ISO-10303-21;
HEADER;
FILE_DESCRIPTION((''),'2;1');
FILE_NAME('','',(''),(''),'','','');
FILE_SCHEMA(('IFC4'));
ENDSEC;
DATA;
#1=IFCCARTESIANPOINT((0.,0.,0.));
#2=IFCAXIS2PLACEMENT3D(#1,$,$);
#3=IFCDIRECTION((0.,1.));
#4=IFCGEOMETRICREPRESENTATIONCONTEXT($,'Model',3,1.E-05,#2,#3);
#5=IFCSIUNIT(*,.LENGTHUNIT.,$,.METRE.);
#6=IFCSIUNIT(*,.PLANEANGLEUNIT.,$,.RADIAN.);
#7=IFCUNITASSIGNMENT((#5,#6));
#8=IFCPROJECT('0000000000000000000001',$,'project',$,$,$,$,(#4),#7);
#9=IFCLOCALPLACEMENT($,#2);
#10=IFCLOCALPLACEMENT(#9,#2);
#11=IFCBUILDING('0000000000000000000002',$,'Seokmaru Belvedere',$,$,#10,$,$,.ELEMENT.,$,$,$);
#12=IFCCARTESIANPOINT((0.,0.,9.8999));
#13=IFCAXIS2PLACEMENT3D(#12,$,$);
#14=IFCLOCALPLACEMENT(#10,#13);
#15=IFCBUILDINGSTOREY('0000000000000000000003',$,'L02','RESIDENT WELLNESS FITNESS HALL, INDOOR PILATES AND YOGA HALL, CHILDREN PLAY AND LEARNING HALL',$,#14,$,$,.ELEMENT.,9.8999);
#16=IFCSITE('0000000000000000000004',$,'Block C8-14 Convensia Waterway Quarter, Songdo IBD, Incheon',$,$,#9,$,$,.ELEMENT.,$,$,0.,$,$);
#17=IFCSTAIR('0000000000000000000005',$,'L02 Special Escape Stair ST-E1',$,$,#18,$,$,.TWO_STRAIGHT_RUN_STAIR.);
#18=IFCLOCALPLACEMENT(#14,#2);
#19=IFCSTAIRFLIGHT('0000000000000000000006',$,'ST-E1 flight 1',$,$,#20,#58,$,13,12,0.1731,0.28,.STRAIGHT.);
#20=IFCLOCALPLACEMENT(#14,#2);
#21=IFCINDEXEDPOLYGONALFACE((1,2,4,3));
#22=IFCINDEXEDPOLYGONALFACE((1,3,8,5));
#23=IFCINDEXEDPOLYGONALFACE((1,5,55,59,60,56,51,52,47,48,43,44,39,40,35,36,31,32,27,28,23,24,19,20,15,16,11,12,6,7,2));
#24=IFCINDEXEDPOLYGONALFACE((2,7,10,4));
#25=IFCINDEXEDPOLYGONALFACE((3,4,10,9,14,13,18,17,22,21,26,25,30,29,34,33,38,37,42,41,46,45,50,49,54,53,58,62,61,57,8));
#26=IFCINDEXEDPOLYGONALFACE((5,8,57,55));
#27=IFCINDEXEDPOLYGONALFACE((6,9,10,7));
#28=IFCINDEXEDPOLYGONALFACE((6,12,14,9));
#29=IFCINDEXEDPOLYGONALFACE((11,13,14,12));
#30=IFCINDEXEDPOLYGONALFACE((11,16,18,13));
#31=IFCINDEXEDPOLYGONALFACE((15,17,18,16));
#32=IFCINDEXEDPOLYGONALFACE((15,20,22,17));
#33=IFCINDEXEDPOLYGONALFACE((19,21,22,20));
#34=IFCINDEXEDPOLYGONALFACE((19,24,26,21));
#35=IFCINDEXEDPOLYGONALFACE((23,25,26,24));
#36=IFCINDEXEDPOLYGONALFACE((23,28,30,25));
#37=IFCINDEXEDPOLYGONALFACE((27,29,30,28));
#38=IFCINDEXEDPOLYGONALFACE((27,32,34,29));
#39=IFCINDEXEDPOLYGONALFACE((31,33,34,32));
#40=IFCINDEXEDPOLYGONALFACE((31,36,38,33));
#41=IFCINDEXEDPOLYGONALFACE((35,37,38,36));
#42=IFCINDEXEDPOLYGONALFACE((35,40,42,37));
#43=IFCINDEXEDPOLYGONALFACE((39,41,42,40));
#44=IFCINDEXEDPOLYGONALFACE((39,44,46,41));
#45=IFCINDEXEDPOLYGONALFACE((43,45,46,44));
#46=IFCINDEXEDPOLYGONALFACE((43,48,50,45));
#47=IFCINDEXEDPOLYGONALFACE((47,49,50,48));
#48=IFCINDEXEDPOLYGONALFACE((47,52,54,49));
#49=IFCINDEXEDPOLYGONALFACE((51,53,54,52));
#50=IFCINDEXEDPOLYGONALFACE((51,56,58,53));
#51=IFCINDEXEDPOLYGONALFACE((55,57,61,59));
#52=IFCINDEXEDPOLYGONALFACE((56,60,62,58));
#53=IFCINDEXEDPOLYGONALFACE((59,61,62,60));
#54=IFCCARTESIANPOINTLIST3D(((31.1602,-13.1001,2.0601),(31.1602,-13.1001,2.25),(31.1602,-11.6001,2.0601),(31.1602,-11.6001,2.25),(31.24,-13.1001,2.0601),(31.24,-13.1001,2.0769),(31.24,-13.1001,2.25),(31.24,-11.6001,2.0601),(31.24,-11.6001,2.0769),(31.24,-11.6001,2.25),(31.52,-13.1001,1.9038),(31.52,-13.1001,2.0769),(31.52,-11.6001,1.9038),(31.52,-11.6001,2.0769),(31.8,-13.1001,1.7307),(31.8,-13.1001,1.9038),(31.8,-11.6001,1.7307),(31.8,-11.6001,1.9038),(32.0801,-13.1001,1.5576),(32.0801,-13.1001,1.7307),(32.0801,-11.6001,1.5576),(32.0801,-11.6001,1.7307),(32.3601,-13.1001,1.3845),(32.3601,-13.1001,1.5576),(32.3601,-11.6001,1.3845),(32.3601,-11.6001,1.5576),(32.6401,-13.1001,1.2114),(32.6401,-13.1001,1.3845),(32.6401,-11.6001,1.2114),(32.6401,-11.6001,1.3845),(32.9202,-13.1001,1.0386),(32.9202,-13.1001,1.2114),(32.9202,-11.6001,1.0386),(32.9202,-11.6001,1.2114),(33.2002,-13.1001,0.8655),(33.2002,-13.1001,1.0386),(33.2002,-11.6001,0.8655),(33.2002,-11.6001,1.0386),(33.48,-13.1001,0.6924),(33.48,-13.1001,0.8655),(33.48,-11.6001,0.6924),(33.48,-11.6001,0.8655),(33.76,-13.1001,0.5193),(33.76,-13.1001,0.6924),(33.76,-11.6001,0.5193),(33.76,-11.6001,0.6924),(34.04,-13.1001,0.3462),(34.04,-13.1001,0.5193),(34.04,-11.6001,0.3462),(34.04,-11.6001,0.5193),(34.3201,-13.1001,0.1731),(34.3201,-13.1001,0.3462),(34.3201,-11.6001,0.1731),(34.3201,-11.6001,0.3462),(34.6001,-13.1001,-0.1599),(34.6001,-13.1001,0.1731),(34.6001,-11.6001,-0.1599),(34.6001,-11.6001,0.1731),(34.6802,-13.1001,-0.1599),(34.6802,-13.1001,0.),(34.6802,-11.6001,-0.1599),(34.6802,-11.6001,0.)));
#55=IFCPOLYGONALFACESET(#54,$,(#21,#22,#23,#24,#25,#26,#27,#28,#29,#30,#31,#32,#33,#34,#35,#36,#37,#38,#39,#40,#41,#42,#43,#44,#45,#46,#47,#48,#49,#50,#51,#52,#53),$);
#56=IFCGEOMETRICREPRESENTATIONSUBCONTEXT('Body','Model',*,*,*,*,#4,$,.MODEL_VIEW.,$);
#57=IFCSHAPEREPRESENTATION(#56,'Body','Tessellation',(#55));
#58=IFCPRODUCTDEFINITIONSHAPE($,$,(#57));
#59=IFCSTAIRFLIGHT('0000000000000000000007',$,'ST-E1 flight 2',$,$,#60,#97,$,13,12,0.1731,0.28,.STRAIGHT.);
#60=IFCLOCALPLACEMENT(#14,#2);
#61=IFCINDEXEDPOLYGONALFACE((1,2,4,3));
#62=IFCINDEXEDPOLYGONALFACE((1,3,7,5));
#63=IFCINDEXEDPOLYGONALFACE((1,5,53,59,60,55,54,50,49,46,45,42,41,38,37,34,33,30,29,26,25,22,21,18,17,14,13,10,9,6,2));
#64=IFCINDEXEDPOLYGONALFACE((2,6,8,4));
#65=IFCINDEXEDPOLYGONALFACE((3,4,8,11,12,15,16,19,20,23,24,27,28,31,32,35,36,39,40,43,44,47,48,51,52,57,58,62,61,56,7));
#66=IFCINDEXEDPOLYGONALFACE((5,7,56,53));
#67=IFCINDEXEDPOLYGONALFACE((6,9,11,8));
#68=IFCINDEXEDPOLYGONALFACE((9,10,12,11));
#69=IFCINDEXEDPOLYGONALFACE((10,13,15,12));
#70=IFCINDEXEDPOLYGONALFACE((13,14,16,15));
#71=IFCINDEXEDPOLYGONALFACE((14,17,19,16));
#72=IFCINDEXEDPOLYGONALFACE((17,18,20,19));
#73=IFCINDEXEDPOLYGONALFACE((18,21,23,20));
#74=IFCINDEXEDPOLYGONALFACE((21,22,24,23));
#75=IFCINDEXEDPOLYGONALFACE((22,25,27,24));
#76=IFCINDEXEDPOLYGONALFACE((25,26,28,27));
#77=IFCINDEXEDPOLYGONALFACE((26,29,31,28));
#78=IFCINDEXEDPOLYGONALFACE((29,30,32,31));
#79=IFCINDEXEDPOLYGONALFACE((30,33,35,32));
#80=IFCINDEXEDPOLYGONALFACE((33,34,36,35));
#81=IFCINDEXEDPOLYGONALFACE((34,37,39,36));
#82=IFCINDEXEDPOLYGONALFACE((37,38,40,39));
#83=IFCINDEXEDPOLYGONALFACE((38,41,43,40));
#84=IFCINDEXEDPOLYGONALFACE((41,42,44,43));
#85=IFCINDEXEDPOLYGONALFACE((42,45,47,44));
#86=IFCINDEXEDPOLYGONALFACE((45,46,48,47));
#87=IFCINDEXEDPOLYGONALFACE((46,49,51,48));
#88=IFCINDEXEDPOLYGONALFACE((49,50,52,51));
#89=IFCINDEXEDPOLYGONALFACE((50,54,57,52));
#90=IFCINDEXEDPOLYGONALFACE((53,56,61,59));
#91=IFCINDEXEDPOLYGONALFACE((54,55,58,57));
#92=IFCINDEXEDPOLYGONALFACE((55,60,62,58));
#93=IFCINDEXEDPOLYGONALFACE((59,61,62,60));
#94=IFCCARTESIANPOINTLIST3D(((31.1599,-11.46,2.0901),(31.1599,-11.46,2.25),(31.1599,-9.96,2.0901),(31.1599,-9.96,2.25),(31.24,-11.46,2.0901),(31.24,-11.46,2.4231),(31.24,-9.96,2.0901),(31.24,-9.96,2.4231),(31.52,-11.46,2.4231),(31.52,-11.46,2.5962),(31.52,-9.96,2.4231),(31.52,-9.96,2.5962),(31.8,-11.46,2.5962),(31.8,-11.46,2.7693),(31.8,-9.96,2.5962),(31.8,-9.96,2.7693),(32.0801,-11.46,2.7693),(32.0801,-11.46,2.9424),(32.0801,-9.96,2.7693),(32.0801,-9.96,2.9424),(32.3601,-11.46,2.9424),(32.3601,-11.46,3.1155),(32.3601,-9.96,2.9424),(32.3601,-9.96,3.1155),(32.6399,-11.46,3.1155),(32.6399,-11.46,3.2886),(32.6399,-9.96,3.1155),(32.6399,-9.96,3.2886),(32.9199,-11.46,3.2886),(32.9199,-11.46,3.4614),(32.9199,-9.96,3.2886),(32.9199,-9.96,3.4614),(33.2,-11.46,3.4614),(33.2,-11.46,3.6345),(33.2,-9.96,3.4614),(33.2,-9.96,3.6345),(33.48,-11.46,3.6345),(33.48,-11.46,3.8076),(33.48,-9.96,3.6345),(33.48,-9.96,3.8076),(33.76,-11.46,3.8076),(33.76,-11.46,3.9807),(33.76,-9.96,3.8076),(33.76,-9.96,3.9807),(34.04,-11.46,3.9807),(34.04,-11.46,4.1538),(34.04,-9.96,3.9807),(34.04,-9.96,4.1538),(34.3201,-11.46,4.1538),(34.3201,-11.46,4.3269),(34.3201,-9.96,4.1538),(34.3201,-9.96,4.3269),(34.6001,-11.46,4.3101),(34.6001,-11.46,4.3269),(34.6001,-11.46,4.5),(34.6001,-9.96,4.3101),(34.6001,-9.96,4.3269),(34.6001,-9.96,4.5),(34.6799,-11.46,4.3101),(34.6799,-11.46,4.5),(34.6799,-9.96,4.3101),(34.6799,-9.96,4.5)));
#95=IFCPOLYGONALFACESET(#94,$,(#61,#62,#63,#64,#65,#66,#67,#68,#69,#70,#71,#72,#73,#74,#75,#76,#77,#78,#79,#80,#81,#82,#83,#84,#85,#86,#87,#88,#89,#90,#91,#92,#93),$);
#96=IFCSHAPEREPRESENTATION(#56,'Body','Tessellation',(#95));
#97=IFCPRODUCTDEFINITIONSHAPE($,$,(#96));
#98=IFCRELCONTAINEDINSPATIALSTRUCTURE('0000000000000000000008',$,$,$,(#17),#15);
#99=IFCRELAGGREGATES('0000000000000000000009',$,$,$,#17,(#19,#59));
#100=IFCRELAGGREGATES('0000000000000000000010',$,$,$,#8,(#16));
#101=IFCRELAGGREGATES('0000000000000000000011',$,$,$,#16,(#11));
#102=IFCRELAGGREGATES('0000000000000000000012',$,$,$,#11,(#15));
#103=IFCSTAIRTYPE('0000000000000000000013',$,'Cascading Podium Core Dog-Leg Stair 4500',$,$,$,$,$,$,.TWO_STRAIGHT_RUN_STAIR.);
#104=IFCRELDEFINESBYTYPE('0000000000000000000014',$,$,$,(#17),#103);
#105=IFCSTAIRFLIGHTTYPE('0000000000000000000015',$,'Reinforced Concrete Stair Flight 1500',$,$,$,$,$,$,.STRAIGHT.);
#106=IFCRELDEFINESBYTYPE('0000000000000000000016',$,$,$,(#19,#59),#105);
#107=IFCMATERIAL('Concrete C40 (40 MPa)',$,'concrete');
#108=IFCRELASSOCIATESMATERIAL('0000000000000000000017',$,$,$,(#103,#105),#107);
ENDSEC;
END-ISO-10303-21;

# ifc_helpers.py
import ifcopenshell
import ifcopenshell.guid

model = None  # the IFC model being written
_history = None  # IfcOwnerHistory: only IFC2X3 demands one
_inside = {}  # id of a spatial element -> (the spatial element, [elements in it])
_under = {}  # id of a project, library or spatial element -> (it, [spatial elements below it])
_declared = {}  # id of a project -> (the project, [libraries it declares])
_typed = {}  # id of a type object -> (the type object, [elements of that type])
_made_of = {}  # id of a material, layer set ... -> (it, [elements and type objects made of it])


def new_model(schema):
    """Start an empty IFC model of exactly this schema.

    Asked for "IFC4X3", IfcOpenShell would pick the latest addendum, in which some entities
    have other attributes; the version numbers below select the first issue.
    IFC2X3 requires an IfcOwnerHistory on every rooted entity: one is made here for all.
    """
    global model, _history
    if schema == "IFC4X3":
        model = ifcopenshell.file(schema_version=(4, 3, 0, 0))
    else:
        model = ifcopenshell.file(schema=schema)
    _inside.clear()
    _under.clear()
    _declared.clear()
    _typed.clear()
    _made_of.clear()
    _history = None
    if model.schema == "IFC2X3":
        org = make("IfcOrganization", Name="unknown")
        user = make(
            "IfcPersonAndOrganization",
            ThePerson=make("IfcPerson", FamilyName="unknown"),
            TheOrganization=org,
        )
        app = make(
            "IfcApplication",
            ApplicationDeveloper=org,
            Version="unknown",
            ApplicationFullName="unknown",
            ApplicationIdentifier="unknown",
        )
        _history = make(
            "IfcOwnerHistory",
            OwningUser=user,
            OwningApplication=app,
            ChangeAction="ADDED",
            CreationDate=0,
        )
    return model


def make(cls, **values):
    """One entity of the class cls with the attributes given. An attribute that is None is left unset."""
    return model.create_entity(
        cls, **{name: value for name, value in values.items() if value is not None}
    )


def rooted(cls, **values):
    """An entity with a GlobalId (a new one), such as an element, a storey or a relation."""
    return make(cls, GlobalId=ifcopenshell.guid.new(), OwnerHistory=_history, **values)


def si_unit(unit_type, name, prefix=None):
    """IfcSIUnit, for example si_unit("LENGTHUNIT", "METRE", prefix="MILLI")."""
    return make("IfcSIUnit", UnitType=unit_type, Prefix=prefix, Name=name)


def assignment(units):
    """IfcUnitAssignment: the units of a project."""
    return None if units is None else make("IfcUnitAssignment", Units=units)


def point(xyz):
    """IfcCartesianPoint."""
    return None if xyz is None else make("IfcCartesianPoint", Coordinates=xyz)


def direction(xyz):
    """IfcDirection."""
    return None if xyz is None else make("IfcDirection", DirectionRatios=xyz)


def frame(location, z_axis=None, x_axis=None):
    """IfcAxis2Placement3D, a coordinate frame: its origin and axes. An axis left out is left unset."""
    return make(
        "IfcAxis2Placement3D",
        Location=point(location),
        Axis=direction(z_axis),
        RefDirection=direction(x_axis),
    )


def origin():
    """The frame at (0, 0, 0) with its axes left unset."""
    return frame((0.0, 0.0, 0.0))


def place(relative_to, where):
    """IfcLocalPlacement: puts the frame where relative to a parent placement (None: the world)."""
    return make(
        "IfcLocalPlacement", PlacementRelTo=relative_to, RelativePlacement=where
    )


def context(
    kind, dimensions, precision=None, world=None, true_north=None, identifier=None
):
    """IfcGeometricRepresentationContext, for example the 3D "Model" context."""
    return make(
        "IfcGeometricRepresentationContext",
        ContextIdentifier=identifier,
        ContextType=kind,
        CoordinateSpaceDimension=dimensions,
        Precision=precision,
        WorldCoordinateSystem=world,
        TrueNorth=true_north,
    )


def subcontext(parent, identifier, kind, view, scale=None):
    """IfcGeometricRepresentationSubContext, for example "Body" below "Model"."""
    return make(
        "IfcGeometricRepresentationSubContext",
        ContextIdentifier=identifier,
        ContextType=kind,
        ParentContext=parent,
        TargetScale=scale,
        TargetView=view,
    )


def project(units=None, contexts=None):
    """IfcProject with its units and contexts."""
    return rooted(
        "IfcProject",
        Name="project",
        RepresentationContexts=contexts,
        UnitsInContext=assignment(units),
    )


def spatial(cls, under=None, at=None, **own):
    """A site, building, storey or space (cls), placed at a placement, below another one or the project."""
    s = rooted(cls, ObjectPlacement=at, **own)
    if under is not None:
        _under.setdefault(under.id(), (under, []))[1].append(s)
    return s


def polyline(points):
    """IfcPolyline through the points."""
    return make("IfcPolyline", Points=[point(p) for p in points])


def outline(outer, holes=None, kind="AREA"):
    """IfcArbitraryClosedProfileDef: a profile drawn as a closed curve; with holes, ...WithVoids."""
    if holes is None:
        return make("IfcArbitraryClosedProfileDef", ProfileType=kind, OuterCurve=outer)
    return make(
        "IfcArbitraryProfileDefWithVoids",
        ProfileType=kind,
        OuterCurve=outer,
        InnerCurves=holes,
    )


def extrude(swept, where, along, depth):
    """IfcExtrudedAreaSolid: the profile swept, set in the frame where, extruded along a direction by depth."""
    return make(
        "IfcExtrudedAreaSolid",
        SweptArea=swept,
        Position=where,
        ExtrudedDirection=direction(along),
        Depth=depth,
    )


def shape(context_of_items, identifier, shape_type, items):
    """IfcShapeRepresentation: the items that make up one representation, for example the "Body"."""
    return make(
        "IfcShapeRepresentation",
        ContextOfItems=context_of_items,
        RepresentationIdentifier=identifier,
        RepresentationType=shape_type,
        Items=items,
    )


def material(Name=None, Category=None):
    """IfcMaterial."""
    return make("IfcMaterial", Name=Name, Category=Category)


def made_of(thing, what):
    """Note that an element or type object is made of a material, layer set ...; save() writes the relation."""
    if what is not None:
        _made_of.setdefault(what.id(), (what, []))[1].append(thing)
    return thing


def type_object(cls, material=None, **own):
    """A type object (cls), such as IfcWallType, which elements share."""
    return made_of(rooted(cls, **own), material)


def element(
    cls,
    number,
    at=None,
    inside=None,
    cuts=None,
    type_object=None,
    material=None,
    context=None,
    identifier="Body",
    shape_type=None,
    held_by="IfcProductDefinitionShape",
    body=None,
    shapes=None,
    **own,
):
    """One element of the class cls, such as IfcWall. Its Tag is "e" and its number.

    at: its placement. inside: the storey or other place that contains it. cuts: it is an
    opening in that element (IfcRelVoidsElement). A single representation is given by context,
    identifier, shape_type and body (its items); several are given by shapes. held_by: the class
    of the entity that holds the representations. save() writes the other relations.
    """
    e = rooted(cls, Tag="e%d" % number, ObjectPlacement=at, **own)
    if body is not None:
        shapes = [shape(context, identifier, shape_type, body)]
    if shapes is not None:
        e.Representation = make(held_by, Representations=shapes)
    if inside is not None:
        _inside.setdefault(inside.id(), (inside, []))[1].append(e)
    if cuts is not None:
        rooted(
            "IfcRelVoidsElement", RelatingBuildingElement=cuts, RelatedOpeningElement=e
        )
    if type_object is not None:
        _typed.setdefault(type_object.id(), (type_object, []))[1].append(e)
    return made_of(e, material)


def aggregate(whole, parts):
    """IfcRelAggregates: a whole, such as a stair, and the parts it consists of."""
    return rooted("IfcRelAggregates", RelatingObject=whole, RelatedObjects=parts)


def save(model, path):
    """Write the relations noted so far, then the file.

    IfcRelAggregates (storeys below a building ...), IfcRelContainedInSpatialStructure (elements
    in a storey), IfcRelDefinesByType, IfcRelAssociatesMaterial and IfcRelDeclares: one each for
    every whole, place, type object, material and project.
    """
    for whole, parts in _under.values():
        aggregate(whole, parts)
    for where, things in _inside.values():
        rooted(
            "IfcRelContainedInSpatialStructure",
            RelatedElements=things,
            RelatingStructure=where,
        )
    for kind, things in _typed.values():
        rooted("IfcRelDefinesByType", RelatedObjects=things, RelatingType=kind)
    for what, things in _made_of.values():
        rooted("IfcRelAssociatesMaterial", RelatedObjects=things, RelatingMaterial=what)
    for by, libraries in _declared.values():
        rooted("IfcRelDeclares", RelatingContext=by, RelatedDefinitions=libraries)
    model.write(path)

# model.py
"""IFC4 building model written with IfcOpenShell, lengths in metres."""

from ifc_helpers import new_model, si_unit, direction, frame, origin, place, context, subcontext, project, spatial, polyline, outline, extrude, material, type_object, element, aggregate, save


model = new_model("IFC4")

# Units and contexts
model_context = context("Model", 3, precision=1e-05, world=origin(), true_north=direction((0.0, 1.0)))
body_context = subcontext(model_context, "Body", "Model", "MODEL_VIEW")
ifc_project = project(units=[si_unit("LENGTHUNIT", "METRE"), si_unit("PLANEANGLEUNIT", "RADIAN")], contexts=[model_context])

# Site, building, storey
site_placement = place(None, origin())
site = spatial("IfcSite", under=ifc_project, at=site_placement, Name="Block C8-14 Convensia Waterway Quarter, Songdo IBD, Incheon", CompositionType="ELEMENT", RefElevation=0.0)
building_placement = place(site_placement, origin())
building = spatial("IfcBuilding", under=site, at=building_placement, Name="Seokmaru Belvedere", CompositionType="ELEMENT")
storey_placement = place(building_placement, frame((0.0, 0.0, 9.8999)))
storey = spatial("IfcBuildingStorey", under=building, at=storey_placement, Name="L02", Description="RESIDENT WELLNESS FITNESS HALL, INDOOR PILATES AND YOGA HALL, CHILDREN PLAY AND LEARNING HALL", CompositionType="ELEMENT", Elevation=9.8999)

# Shared definitions
ifc_material_1 = material(Name="Concrete C40 (40 MPa)", Category="concrete")

# Stair, stair flights
stair_type = type_object("IfcStairType", Name="Cascading Podium Core Dog-Leg Stair 4500", PredefinedType="TWO_STRAIGHT_RUN_STAIR", material=ifc_material_1)
stair_placement = place(storey_placement, origin())
stair = element("IfcStair", 1, at=stair_placement, inside=storey, type_object=stair_type, Name="L02 Special Escape Stair ST-E1", PredefinedType="TWO_STRAIGHT_RUN_STAIR")
stair_flight_type = type_object("IfcStairFlightType", Name="Reinforced Concrete Stair Flight 1500", PredefinedType="STRAIGHT", material=ifc_material_1)
stair_flight_1_placement = place(storey_placement, frame((34.6001, -12.3501, 0.0), z_axis=(0.0, 0.0, 1.0), x_axis=(-1.0, 0.0, 0.0)))
stair_flight_1 = element("IfcStairFlight", 2, at=stair_flight_1_placement, type_object=stair_flight_type, Name="ST-E1 flight 1", NumberOfRisers=13, NumberOfTreads=12, PredefinedType="STRAIGHT", RiserHeight=0.1731, TreadLength=0.28, context=body_context, shape_type="SweptSolid", body=[
    extrude(outline(polyline([(-0.0801, 0.0), (0.0, 0.1731), (0.28, 0.1731), (0.28, 0.3462), (0.5601, 0.3462), (0.5601, 0.5193), (0.8401, 0.5193), (0.8401, 0.6924), (1.1201, 0.6924), (1.1201, 0.8655), (1.3999, 0.8655), (1.3999, 1.0386), (1.6799, 1.0386), (1.6799, 1.2114), (1.96, 1.2114), (1.96, 1.3845), (2.24, 1.3845), (2.24, 1.5576), (2.52, 1.5576), (2.52, 1.7307), (2.8, 1.7307), (2.8, 1.9038), (3.0801, 1.9038), (3.0801, 2.0769), (3.3601, 2.0769), (3.3601, 2.25), (3.4399, 2.25), (3.4399, 2.0601), (3.3601, 2.0601), (0.0, -0.1599), (-0.0801, -0.1599), (-0.0801, 0.0)])), frame((0.0, 0.75, 0.0), z_axis=(0.0, -1.0, 0.0), x_axis=(1.0, 0.0, 0.0)), (0.0, 0.0, 1.0), 1.5),
])
stair_flight_2_placement = place(storey_placement, frame((31.24, -10.71, 2.25), z_axis=(0.0, 0.0, 1.0), x_axis=(1.0, 0.0, 0.0)))
stair_flight_2 = element("IfcStairFlight", 3, at=stair_flight_2_placement, type_object=stair_flight_type, Name="ST-E1 flight 2", NumberOfRisers=13, NumberOfTreads=12, PredefinedType="STRAIGHT", RiserHeight=0.1731, TreadLength=0.28, context=body_context, shape_type="SweptSolid", body=[
    extrude(outline(polyline([(-0.0801, 0.0), (0.0, 0.1731), (0.28, 0.1731), (0.28, 0.3462), (0.5601, 0.3462), (0.5601, 0.5193), (0.8401, 0.5193), (0.8401, 0.6924), (1.1201, 0.6924), (1.1201, 0.8655), (1.3999, 0.8655), (1.3999, 1.0386), (1.6799, 1.0386), (1.6799, 1.2114), (1.96, 1.2114), (1.96, 1.3845), (2.24, 1.3845), (2.24, 1.5576), (2.52, 1.5576), (2.52, 1.7307), (2.8, 1.7307), (2.8, 1.9038), (3.0801, 1.9038), (3.0801, 2.0769), (3.3601, 2.0769), (3.3601, 2.25), (3.4399, 2.25), (3.4399, 2.0601), (3.3601, 2.0601), (0.0, -0.1599), (-0.0801, -0.1599), (-0.0801, 0.0)])), frame((0.0, 0.75, 0.0), z_axis=(0.0, -1.0, 0.0), x_axis=(1.0, 0.0, 0.0)), (0.0, 0.0, 1.0), 1.5),
])
aggregate(stair, [stair_flight_1, stair_flight_2])

save(model, "model.ifc")
